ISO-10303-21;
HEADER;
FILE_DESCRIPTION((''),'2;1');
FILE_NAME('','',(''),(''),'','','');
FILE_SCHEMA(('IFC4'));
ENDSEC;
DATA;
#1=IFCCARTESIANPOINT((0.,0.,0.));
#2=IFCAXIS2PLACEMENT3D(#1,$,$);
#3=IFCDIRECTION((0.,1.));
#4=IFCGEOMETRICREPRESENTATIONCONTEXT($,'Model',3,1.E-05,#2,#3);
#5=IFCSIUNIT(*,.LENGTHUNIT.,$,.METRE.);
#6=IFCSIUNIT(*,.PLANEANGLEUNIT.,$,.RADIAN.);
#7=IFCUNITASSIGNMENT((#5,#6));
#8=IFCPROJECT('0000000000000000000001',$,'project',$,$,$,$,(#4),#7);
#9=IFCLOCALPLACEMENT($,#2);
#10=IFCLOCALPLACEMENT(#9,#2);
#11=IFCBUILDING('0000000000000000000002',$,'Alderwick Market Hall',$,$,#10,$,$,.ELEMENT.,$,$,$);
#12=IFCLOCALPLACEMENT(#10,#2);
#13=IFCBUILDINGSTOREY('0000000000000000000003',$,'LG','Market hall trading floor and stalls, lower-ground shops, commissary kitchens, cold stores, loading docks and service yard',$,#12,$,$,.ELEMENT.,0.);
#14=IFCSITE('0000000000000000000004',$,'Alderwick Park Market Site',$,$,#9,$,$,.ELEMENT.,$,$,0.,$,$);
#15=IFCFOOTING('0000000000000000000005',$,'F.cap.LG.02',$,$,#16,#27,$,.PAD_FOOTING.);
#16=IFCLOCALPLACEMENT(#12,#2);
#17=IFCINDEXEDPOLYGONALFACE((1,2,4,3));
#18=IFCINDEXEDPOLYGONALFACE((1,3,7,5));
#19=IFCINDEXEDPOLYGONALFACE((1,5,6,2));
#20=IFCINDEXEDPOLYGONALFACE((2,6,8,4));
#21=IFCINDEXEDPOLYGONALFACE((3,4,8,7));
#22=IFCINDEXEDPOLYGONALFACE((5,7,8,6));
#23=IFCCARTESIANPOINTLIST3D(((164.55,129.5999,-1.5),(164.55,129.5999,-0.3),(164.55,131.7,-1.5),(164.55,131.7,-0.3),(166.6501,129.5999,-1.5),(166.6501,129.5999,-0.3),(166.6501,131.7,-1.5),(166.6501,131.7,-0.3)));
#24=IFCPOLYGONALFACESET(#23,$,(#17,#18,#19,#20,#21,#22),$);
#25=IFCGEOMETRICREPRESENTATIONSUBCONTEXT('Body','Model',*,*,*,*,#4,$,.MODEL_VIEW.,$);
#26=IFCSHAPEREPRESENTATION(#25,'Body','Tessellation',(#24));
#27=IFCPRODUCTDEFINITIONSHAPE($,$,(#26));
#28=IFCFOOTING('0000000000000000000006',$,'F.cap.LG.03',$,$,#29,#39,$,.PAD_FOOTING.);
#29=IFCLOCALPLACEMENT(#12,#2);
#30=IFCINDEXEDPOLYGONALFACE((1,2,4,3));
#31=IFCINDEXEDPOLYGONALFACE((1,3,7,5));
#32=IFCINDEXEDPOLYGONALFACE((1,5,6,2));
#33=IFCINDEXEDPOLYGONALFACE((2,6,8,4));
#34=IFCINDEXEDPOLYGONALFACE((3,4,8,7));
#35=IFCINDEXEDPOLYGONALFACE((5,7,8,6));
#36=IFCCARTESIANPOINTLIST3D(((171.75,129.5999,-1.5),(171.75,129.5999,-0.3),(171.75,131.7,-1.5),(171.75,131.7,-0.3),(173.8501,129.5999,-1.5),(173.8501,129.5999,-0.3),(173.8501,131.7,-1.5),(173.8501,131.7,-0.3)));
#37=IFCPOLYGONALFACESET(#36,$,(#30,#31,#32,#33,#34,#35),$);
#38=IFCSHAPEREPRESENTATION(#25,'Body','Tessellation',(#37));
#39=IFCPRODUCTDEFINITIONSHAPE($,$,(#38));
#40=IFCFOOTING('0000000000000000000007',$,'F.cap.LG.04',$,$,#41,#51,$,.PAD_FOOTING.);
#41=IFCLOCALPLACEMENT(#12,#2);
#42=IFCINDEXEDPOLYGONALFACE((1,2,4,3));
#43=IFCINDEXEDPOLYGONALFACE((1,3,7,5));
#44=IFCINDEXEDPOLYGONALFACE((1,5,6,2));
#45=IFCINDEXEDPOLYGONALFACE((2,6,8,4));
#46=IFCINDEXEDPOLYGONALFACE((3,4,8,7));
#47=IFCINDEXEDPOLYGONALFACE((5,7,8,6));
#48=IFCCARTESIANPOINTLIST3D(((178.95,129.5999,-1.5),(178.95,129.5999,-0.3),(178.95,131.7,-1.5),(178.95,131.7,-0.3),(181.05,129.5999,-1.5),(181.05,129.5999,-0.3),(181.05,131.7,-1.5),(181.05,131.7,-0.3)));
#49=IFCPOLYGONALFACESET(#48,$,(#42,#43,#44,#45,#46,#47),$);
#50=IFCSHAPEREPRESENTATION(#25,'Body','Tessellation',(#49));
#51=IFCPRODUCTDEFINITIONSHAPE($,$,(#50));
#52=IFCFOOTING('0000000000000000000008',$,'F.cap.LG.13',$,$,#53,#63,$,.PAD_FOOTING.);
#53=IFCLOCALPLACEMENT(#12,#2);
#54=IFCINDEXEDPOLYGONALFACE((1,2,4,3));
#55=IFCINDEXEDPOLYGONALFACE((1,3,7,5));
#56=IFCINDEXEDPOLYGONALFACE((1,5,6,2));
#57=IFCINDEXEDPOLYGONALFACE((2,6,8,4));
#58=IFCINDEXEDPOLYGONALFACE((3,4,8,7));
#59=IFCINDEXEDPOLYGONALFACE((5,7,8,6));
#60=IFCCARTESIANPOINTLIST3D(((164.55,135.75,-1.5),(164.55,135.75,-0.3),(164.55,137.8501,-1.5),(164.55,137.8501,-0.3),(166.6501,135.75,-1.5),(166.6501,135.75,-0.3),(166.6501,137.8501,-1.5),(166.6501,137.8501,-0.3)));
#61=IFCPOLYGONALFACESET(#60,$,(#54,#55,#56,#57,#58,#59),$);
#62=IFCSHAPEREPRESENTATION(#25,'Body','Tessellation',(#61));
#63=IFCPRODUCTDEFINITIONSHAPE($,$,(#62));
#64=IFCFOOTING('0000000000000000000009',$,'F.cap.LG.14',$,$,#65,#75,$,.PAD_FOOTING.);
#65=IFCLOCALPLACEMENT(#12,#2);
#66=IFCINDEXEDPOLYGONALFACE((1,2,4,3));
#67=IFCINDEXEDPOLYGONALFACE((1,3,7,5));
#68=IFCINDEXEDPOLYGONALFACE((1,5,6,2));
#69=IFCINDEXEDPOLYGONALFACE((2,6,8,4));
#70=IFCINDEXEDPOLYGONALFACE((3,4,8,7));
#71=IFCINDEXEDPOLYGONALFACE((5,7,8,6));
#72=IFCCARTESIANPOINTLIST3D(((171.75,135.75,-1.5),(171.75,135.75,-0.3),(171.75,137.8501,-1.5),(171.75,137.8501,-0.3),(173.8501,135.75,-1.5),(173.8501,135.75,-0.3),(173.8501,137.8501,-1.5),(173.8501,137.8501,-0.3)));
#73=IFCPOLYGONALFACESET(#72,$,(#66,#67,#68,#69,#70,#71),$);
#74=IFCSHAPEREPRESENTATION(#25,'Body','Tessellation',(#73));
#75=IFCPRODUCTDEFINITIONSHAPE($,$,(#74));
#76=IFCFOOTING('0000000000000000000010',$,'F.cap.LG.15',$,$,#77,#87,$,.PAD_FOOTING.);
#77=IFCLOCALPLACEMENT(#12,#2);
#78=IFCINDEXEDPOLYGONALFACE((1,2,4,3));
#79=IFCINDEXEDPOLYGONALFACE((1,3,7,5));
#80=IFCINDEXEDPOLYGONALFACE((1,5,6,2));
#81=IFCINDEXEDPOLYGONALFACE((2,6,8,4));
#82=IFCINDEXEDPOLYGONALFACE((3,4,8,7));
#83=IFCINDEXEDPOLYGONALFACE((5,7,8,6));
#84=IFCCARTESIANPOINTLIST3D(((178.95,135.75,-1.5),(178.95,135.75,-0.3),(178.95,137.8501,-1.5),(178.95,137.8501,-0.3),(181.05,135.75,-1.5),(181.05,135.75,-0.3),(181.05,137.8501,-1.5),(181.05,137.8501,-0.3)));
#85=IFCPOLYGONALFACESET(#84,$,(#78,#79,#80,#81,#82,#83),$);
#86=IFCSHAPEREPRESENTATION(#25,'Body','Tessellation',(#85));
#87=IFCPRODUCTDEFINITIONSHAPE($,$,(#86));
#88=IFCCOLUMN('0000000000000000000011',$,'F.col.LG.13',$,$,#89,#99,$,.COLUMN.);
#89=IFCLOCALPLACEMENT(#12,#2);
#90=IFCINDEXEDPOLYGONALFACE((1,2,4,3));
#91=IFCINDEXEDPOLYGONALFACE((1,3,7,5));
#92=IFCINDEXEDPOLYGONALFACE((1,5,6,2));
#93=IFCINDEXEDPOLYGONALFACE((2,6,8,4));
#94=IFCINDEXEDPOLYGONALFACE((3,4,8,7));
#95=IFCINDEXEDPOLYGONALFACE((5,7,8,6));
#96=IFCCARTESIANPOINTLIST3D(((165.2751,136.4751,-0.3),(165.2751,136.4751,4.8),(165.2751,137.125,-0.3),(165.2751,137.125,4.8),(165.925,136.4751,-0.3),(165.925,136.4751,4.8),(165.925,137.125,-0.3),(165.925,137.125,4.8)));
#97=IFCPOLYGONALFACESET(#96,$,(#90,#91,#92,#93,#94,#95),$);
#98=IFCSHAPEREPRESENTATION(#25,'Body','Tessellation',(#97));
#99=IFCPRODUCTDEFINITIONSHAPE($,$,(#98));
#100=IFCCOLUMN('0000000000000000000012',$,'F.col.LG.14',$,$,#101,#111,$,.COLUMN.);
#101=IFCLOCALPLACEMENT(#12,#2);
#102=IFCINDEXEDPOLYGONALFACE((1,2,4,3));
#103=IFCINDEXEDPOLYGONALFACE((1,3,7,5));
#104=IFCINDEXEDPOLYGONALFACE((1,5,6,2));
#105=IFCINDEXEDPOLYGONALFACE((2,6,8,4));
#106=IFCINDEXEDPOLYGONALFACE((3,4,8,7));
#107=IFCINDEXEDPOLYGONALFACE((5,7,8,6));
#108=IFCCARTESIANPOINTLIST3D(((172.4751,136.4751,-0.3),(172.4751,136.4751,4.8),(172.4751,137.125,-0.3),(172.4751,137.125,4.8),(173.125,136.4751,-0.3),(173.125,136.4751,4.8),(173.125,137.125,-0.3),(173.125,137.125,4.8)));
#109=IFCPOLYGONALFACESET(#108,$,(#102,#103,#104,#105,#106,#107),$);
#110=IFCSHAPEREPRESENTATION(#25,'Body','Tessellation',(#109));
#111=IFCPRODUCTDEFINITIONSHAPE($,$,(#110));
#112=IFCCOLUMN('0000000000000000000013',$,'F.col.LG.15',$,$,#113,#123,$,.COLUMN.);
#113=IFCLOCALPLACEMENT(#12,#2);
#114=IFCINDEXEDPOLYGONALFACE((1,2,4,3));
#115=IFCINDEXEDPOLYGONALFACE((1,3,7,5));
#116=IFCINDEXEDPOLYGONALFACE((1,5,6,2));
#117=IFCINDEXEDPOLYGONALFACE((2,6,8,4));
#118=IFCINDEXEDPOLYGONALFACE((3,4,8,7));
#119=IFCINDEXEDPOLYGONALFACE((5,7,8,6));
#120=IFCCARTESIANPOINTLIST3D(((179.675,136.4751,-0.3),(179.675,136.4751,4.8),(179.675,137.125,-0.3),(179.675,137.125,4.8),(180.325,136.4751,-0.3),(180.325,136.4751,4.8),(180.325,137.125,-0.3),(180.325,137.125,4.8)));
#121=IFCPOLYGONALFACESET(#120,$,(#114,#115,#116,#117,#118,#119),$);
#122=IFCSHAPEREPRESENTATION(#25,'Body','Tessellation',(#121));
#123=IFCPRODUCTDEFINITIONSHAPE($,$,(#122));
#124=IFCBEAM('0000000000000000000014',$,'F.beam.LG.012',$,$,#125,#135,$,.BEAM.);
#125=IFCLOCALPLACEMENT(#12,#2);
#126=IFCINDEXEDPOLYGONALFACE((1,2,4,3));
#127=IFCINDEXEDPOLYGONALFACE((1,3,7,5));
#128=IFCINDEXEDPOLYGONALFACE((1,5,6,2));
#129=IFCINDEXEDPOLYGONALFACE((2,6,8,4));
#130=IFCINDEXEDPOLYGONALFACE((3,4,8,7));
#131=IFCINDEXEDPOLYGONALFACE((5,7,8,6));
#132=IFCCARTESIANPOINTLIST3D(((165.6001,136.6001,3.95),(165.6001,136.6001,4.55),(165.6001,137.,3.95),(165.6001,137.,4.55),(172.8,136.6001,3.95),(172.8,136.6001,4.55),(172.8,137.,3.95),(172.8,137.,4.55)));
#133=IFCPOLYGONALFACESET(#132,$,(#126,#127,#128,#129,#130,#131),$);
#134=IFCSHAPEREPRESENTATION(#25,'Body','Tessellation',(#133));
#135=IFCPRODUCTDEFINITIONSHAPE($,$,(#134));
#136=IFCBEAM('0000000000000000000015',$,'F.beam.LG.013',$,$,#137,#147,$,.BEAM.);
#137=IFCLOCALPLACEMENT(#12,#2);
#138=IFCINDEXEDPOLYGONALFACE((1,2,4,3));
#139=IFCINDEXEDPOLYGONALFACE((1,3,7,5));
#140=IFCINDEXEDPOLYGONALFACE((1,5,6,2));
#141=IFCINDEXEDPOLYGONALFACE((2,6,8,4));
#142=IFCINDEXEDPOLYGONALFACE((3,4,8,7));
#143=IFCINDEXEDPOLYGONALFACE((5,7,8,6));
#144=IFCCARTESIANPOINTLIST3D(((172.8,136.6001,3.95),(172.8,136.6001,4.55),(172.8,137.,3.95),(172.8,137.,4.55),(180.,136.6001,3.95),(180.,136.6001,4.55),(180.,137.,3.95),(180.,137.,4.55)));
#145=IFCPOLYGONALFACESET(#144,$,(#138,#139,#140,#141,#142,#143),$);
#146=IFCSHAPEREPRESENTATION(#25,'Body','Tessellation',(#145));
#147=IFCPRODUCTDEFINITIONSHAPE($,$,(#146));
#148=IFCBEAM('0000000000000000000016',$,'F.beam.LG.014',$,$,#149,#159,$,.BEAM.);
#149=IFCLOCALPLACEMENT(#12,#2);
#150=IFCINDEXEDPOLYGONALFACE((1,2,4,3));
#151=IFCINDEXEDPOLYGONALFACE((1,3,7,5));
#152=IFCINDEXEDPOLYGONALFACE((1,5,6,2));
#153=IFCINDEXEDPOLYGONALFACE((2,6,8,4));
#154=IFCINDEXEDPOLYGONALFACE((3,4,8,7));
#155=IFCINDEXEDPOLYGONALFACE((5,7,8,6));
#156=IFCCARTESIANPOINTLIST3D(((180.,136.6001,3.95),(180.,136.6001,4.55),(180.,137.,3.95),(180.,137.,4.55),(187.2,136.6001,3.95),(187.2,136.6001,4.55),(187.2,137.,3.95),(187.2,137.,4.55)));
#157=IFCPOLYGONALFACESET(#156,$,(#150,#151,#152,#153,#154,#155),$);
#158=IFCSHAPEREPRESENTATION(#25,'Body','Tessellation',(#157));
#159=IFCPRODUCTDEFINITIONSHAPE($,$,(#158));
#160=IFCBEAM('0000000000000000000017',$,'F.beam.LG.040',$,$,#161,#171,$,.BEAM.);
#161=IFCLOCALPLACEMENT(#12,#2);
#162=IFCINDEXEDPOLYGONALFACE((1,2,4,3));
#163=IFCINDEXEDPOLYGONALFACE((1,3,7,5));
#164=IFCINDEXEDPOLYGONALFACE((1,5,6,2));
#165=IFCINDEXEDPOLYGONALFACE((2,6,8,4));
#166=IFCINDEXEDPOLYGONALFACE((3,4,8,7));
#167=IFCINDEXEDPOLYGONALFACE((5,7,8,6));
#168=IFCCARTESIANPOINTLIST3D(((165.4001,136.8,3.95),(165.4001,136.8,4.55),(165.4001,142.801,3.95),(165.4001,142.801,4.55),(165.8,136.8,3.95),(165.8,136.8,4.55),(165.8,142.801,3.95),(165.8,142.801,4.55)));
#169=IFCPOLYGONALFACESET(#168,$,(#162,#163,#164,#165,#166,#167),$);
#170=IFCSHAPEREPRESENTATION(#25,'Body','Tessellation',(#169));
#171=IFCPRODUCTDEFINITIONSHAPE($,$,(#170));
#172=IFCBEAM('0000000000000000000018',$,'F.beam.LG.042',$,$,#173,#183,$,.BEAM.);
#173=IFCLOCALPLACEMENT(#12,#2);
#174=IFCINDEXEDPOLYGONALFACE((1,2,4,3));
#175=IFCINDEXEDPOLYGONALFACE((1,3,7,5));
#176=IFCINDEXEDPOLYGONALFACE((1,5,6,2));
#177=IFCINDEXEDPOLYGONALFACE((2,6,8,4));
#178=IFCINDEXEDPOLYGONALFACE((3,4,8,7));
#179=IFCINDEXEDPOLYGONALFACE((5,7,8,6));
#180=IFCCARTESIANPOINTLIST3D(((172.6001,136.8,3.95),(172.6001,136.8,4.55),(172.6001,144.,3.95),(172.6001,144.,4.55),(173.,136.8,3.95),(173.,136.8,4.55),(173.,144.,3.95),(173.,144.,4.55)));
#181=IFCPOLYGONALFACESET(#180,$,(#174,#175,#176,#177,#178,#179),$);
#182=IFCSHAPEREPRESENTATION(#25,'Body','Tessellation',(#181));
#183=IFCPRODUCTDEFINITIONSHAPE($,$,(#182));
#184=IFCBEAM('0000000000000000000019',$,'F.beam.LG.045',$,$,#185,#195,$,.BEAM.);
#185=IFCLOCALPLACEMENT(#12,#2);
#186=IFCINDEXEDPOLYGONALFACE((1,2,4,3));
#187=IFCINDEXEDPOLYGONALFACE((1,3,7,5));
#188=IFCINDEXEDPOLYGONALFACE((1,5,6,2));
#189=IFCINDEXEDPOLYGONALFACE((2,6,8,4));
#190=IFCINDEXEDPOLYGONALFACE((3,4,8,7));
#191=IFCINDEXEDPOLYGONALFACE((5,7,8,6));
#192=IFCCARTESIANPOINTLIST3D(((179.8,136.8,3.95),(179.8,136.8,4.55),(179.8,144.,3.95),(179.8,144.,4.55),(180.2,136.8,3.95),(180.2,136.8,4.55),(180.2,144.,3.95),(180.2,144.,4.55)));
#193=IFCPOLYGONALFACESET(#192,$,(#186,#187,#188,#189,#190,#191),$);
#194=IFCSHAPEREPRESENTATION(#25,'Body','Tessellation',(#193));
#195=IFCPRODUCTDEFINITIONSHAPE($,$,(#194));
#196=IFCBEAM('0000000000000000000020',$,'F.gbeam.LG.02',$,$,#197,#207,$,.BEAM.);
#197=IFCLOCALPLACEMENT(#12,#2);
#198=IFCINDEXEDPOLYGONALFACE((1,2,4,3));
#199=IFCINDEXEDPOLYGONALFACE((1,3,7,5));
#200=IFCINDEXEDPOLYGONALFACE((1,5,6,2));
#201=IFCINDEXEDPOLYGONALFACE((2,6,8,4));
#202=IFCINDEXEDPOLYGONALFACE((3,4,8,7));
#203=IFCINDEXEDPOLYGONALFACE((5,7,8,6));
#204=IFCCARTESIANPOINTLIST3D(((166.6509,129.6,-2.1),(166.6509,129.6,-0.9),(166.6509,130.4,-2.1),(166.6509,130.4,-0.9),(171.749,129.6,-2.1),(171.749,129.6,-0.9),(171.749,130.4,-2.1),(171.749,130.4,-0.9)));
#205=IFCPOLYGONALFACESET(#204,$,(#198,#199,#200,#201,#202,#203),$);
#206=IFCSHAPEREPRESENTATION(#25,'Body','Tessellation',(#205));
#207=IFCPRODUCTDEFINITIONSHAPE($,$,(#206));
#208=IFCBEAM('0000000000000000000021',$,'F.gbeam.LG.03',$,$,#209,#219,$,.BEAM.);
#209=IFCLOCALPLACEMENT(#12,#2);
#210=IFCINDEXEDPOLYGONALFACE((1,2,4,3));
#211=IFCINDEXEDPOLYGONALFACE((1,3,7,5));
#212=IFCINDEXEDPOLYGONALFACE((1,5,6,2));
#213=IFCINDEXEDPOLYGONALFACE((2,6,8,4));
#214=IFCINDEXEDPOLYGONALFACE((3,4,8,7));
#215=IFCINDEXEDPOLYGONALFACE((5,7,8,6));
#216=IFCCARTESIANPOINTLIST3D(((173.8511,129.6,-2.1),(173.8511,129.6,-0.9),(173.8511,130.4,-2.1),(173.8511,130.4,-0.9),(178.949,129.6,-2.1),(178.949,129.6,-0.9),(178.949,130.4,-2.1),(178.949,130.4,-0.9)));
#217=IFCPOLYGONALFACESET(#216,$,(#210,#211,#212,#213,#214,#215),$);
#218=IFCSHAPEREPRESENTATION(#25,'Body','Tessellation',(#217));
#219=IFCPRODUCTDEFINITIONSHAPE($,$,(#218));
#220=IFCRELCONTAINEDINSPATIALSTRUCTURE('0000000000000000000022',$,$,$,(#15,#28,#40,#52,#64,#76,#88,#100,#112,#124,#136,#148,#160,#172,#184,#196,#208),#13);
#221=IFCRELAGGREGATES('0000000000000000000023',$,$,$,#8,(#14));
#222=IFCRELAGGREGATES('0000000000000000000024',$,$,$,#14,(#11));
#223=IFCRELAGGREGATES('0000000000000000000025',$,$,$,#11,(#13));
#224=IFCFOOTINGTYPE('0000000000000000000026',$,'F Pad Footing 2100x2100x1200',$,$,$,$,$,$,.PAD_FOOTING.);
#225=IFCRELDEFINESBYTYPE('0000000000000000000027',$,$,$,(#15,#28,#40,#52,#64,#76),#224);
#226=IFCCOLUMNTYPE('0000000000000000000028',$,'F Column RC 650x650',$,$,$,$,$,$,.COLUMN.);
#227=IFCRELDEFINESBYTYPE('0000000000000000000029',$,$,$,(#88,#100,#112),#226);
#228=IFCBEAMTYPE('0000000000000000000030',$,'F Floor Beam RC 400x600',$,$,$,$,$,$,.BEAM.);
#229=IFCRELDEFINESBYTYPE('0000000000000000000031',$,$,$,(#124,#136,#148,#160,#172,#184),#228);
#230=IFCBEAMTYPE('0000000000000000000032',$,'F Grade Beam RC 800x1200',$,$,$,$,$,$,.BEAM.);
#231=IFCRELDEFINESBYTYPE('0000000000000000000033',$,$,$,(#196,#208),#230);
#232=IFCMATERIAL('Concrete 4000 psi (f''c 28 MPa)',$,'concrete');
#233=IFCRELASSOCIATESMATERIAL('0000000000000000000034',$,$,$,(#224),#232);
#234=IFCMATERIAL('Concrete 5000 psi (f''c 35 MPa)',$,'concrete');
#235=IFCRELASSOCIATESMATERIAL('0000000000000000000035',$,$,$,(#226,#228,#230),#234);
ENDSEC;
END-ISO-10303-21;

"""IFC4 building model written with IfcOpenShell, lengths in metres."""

from ifc_helpers import new_model, si_unit, direction, frame, origin, origin_2d, place, context, subcontext, project, spatial, rectangle, extrude, material, material_profile, profile_set, type_object, element, save


model = new_model("IFC4")

# Units and contexts
model_context = context("Model", 3, precision=1e-05, world=origin(), true_north=direction((0.0, 1.0)))
body_context = subcontext(model_context, "Body", "Model", "MODEL_VIEW")
ifc_project = project(units=[si_unit("LENGTHUNIT", "METRE"), si_unit("PLANEANGLEUNIT", "RADIAN")], contexts=[model_context])

# Site, building, storey
site_placement = place(None, origin())
site = spatial("IfcSite", under=ifc_project, at=site_placement, Name="Alderwick Park Market Site", CompositionType="ELEMENT", RefElevation=0.0)
building_placement = place(site_placement, origin())
building = spatial("IfcBuilding", under=site, at=building_placement, Name="Alderwick Market Hall", CompositionType="ELEMENT")
storey_placement = place(building_placement, origin())
storey = spatial("IfcBuildingStorey", under=building, at=storey_placement, Name="LG", Description="Market hall trading floor and stalls, lower-ground shops, commissary kitchens, cold stores, loading docks and service yard", CompositionType="ELEMENT", Elevation=0.0)

# Footings
ifc_material_1 = material(Name="Concrete 4000 psi (f'c 28 MPa)", Category="concrete")
footing_type = type_object("IfcFootingType", Name="F Pad Footing 2100x2100x1200", PredefinedType="PAD_FOOTING", material=ifc_material_1)
for number, where, z_axis, x_axis, name in (
    (1, (165.6001, 130.6499, -1.5), (0.0, 0.0, 1.0), (1.0, 0.0, 0.0), "F.cap.LG.02"),
    (2, (172.8, 130.6499, -1.5), (0.0, 0.0, 1.0), (1.0, 0.0, 0.0), "F.cap.LG.03"),
    (3, (180.0, 130.6499, -1.5), (0.0, 0.0, 1.0), (1.0, 0.0, 0.0), "F.cap.LG.04"),
    (4, (165.6001, 136.8, -1.5), (0.0, 0.0, 1.0), (1.0, 0.0, 0.0), "F.cap.LG.13"),
    (5, (172.8, 136.8, -1.5), (0.0, 0.0, 1.0), (1.0, 0.0, 0.0), "F.cap.LG.14"),
    (6, (180.0, 136.8, -1.5), (0.0, 0.0, 1.0), (1.0, 0.0, 0.0), "F.cap.LG.15"),
):
    element("IfcFooting", number, at=place(storey_placement, frame(where, z_axis=z_axis, x_axis=x_axis)), inside=storey, type_object=footing_type, Name=name, PredefinedType="PAD_FOOTING", context=body_context, shape_type="SweptSolid", body=[
        extrude(rectangle(XDim=2.1001, YDim=2.1001, at=origin_2d()), origin(), (0.0, 0.0, 1.0), 1.2),
    ])

# Columns
ifc_material_2 = material(Name="Concrete 5000 psi (f'c 35 MPa)", Category="concrete")
ifc_material_profile_1 = material_profile(ifc_material_2, rectangle(XDim=0.6499, YDim=0.6499, at=origin_2d()), Name="RC 650x650")
ifc_profile_set_1 = profile_set([ifc_material_profile_1], Name="Concrete 5000 psi (f'c 35 MPa)")
column_type = type_object("IfcColumnType", Name="F Column RC 650x650", PredefinedType="COLUMN", material=ifc_profile_set_1)
for number, where, z_axis, x_axis, name in (
    (7, (165.6001, 136.8, -0.3), (0.0, 0.0, 1.0), (1.0, 0.0, 0.0), "F.col.LG.13"),
    (8, (172.8, 136.8, -0.3), (0.0, 0.0, 1.0), (1.0, 0.0, 0.0), "F.col.LG.14"),
    (9, (180.0, 136.8, -0.3), (0.0, 0.0, 1.0), (1.0, 0.0, 0.0), "F.col.LG.15"),
):
    element("IfcColumn", number, at=place(storey_placement, frame(where, z_axis=z_axis, x_axis=x_axis)), inside=storey, type_object=column_type, Name=name, PredefinedType="COLUMN", context=body_context, shape_type="SweptSolid", body=[
        extrude(rectangle(XDim=0.6499, YDim=0.6499, at=origin_2d()), origin(), (0.0, 0.0, 1.0), 5.1001),
    ])

# Beams
ifc_material_profile_2 = material_profile(ifc_material_2, rectangle(XDim=0.3999, YDim=0.6001, at=origin_2d()), Name="RC 400x600")
ifc_profile_set_2 = profile_set([ifc_material_profile_2], Name="Concrete 5000 psi (f'c 35 MPa)")
beam_type_1 = type_object("IfcBeamType", Name="F Floor Beam RC 400x600", PredefinedType="BEAM", material=ifc_profile_set_2)
for number, where, z_axis, x_axis, name in (
    (10, (165.6001, 136.8, 4.25), (1.0, 0.0, 0.0), (0.0, 1.0, 0.0), "F.beam.LG.012"),
    (11, (172.8, 136.8, 4.25), (1.0, 0.0, 0.0), (0.0, 1.0, 0.0), "F.beam.LG.013"),
    (12, (180.0, 136.8, 4.25), (1.0, 0.0, 0.0), (0.0, 1.0, 0.0), "F.beam.LG.014"),
):
    element("IfcBeam", number, at=place(storey_placement, frame(where, z_axis=z_axis, x_axis=x_axis)), inside=storey, type_object=beam_type_1, Name=name, PredefinedType="BEAM", context=body_context, shape_type="SweptSolid", body=[
        extrude(rectangle(XDim=0.3999, YDim=0.6001, at=origin_2d()), origin(), (0.0, 0.0, 1.0), 7.2),
    ])
beam_1_placement = place(storey_placement, frame((165.6001, 136.8, 4.25), z_axis=(0.0, 1.0, 0.0), x_axis=(-1.0, 0.0, 0.0)))
element("IfcBeam", 13, at=beam_1_placement, inside=storey, type_object=beam_type_1, Name="F.beam.LG.040", PredefinedType="BEAM", context=body_context, shape_type="SweptSolid", body=[
    extrude(rectangle(XDim=0.3999, YDim=0.6001, at=origin_2d()), origin(), (0.0, 0.0, 1.0), 6.001),
])
for number, where, z_axis, x_axis, name in (
    (14, (172.8, 136.8, 4.25), (0.0, 1.0, 0.0), (-1.0, 0.0, 0.0), "F.beam.LG.042"),
    (15, (180.0, 136.8, 4.25), (0.0, 1.0, 0.0), (-1.0, 0.0, 0.0), "F.beam.LG.045"),
):
    element("IfcBeam", number, at=place(storey_placement, frame(where, z_axis=z_axis, x_axis=x_axis)), inside=storey, type_object=beam_type_1, Name=name, PredefinedType="BEAM", context=body_context, shape_type="SweptSolid", body=[
        extrude(rectangle(XDim=0.3999, YDim=0.6001, at=origin_2d()), origin(), (0.0, 0.0, 1.0), 7.2),
    ])
ifc_material_profile_3 = material_profile(ifc_material_2, rectangle(XDim=0.8, YDim=1.2, at=origin_2d()), Name="RC 800x1200")
ifc_profile_set_3 = profile_set([ifc_material_profile_3], Name="Concrete 5000 psi (f'c 35 MPa)")
beam_type_2 = type_object("IfcBeamType", Name="F Grade Beam RC 800x1200", PredefinedType="BEAM", material=ifc_profile_set_3)
beam_2_placement = place(storey_placement, frame((166.6509, 130.0, -1.5), z_axis=(1.0, 0.0, 0.0), x_axis=(0.0, 1.0, 0.0)))
element("IfcBeam", 16, at=beam_2_placement, inside=storey, type_object=beam_type_2, Name="F.gbeam.LG.02", PredefinedType="BEAM", context=body_context, shape_type="SweptSolid", body=[
    extrude(rectangle(XDim=0.8, YDim=1.2, at=origin_2d()), origin(), (0.0, 0.0, 1.0), 5.0981),
])
beam_3_placement = place(storey_placement, frame((173.8511, 130.0, -1.5), z_axis=(1.0, 0.0, 0.0), x_axis=(0.0, 1.0, 0.0)))
element("IfcBeam", 17, at=beam_3_placement, inside=storey, type_object=beam_type_2, Name="F.gbeam.LG.03", PredefinedType="BEAM", context=body_context, shape_type="SweptSolid", body=[
    extrude(rectangle(XDim=0.8, YDim=1.2, at=origin_2d()), origin(), (0.0, 0.0, 1.0), 5.0979),
])

save(model, "model.ifc")
